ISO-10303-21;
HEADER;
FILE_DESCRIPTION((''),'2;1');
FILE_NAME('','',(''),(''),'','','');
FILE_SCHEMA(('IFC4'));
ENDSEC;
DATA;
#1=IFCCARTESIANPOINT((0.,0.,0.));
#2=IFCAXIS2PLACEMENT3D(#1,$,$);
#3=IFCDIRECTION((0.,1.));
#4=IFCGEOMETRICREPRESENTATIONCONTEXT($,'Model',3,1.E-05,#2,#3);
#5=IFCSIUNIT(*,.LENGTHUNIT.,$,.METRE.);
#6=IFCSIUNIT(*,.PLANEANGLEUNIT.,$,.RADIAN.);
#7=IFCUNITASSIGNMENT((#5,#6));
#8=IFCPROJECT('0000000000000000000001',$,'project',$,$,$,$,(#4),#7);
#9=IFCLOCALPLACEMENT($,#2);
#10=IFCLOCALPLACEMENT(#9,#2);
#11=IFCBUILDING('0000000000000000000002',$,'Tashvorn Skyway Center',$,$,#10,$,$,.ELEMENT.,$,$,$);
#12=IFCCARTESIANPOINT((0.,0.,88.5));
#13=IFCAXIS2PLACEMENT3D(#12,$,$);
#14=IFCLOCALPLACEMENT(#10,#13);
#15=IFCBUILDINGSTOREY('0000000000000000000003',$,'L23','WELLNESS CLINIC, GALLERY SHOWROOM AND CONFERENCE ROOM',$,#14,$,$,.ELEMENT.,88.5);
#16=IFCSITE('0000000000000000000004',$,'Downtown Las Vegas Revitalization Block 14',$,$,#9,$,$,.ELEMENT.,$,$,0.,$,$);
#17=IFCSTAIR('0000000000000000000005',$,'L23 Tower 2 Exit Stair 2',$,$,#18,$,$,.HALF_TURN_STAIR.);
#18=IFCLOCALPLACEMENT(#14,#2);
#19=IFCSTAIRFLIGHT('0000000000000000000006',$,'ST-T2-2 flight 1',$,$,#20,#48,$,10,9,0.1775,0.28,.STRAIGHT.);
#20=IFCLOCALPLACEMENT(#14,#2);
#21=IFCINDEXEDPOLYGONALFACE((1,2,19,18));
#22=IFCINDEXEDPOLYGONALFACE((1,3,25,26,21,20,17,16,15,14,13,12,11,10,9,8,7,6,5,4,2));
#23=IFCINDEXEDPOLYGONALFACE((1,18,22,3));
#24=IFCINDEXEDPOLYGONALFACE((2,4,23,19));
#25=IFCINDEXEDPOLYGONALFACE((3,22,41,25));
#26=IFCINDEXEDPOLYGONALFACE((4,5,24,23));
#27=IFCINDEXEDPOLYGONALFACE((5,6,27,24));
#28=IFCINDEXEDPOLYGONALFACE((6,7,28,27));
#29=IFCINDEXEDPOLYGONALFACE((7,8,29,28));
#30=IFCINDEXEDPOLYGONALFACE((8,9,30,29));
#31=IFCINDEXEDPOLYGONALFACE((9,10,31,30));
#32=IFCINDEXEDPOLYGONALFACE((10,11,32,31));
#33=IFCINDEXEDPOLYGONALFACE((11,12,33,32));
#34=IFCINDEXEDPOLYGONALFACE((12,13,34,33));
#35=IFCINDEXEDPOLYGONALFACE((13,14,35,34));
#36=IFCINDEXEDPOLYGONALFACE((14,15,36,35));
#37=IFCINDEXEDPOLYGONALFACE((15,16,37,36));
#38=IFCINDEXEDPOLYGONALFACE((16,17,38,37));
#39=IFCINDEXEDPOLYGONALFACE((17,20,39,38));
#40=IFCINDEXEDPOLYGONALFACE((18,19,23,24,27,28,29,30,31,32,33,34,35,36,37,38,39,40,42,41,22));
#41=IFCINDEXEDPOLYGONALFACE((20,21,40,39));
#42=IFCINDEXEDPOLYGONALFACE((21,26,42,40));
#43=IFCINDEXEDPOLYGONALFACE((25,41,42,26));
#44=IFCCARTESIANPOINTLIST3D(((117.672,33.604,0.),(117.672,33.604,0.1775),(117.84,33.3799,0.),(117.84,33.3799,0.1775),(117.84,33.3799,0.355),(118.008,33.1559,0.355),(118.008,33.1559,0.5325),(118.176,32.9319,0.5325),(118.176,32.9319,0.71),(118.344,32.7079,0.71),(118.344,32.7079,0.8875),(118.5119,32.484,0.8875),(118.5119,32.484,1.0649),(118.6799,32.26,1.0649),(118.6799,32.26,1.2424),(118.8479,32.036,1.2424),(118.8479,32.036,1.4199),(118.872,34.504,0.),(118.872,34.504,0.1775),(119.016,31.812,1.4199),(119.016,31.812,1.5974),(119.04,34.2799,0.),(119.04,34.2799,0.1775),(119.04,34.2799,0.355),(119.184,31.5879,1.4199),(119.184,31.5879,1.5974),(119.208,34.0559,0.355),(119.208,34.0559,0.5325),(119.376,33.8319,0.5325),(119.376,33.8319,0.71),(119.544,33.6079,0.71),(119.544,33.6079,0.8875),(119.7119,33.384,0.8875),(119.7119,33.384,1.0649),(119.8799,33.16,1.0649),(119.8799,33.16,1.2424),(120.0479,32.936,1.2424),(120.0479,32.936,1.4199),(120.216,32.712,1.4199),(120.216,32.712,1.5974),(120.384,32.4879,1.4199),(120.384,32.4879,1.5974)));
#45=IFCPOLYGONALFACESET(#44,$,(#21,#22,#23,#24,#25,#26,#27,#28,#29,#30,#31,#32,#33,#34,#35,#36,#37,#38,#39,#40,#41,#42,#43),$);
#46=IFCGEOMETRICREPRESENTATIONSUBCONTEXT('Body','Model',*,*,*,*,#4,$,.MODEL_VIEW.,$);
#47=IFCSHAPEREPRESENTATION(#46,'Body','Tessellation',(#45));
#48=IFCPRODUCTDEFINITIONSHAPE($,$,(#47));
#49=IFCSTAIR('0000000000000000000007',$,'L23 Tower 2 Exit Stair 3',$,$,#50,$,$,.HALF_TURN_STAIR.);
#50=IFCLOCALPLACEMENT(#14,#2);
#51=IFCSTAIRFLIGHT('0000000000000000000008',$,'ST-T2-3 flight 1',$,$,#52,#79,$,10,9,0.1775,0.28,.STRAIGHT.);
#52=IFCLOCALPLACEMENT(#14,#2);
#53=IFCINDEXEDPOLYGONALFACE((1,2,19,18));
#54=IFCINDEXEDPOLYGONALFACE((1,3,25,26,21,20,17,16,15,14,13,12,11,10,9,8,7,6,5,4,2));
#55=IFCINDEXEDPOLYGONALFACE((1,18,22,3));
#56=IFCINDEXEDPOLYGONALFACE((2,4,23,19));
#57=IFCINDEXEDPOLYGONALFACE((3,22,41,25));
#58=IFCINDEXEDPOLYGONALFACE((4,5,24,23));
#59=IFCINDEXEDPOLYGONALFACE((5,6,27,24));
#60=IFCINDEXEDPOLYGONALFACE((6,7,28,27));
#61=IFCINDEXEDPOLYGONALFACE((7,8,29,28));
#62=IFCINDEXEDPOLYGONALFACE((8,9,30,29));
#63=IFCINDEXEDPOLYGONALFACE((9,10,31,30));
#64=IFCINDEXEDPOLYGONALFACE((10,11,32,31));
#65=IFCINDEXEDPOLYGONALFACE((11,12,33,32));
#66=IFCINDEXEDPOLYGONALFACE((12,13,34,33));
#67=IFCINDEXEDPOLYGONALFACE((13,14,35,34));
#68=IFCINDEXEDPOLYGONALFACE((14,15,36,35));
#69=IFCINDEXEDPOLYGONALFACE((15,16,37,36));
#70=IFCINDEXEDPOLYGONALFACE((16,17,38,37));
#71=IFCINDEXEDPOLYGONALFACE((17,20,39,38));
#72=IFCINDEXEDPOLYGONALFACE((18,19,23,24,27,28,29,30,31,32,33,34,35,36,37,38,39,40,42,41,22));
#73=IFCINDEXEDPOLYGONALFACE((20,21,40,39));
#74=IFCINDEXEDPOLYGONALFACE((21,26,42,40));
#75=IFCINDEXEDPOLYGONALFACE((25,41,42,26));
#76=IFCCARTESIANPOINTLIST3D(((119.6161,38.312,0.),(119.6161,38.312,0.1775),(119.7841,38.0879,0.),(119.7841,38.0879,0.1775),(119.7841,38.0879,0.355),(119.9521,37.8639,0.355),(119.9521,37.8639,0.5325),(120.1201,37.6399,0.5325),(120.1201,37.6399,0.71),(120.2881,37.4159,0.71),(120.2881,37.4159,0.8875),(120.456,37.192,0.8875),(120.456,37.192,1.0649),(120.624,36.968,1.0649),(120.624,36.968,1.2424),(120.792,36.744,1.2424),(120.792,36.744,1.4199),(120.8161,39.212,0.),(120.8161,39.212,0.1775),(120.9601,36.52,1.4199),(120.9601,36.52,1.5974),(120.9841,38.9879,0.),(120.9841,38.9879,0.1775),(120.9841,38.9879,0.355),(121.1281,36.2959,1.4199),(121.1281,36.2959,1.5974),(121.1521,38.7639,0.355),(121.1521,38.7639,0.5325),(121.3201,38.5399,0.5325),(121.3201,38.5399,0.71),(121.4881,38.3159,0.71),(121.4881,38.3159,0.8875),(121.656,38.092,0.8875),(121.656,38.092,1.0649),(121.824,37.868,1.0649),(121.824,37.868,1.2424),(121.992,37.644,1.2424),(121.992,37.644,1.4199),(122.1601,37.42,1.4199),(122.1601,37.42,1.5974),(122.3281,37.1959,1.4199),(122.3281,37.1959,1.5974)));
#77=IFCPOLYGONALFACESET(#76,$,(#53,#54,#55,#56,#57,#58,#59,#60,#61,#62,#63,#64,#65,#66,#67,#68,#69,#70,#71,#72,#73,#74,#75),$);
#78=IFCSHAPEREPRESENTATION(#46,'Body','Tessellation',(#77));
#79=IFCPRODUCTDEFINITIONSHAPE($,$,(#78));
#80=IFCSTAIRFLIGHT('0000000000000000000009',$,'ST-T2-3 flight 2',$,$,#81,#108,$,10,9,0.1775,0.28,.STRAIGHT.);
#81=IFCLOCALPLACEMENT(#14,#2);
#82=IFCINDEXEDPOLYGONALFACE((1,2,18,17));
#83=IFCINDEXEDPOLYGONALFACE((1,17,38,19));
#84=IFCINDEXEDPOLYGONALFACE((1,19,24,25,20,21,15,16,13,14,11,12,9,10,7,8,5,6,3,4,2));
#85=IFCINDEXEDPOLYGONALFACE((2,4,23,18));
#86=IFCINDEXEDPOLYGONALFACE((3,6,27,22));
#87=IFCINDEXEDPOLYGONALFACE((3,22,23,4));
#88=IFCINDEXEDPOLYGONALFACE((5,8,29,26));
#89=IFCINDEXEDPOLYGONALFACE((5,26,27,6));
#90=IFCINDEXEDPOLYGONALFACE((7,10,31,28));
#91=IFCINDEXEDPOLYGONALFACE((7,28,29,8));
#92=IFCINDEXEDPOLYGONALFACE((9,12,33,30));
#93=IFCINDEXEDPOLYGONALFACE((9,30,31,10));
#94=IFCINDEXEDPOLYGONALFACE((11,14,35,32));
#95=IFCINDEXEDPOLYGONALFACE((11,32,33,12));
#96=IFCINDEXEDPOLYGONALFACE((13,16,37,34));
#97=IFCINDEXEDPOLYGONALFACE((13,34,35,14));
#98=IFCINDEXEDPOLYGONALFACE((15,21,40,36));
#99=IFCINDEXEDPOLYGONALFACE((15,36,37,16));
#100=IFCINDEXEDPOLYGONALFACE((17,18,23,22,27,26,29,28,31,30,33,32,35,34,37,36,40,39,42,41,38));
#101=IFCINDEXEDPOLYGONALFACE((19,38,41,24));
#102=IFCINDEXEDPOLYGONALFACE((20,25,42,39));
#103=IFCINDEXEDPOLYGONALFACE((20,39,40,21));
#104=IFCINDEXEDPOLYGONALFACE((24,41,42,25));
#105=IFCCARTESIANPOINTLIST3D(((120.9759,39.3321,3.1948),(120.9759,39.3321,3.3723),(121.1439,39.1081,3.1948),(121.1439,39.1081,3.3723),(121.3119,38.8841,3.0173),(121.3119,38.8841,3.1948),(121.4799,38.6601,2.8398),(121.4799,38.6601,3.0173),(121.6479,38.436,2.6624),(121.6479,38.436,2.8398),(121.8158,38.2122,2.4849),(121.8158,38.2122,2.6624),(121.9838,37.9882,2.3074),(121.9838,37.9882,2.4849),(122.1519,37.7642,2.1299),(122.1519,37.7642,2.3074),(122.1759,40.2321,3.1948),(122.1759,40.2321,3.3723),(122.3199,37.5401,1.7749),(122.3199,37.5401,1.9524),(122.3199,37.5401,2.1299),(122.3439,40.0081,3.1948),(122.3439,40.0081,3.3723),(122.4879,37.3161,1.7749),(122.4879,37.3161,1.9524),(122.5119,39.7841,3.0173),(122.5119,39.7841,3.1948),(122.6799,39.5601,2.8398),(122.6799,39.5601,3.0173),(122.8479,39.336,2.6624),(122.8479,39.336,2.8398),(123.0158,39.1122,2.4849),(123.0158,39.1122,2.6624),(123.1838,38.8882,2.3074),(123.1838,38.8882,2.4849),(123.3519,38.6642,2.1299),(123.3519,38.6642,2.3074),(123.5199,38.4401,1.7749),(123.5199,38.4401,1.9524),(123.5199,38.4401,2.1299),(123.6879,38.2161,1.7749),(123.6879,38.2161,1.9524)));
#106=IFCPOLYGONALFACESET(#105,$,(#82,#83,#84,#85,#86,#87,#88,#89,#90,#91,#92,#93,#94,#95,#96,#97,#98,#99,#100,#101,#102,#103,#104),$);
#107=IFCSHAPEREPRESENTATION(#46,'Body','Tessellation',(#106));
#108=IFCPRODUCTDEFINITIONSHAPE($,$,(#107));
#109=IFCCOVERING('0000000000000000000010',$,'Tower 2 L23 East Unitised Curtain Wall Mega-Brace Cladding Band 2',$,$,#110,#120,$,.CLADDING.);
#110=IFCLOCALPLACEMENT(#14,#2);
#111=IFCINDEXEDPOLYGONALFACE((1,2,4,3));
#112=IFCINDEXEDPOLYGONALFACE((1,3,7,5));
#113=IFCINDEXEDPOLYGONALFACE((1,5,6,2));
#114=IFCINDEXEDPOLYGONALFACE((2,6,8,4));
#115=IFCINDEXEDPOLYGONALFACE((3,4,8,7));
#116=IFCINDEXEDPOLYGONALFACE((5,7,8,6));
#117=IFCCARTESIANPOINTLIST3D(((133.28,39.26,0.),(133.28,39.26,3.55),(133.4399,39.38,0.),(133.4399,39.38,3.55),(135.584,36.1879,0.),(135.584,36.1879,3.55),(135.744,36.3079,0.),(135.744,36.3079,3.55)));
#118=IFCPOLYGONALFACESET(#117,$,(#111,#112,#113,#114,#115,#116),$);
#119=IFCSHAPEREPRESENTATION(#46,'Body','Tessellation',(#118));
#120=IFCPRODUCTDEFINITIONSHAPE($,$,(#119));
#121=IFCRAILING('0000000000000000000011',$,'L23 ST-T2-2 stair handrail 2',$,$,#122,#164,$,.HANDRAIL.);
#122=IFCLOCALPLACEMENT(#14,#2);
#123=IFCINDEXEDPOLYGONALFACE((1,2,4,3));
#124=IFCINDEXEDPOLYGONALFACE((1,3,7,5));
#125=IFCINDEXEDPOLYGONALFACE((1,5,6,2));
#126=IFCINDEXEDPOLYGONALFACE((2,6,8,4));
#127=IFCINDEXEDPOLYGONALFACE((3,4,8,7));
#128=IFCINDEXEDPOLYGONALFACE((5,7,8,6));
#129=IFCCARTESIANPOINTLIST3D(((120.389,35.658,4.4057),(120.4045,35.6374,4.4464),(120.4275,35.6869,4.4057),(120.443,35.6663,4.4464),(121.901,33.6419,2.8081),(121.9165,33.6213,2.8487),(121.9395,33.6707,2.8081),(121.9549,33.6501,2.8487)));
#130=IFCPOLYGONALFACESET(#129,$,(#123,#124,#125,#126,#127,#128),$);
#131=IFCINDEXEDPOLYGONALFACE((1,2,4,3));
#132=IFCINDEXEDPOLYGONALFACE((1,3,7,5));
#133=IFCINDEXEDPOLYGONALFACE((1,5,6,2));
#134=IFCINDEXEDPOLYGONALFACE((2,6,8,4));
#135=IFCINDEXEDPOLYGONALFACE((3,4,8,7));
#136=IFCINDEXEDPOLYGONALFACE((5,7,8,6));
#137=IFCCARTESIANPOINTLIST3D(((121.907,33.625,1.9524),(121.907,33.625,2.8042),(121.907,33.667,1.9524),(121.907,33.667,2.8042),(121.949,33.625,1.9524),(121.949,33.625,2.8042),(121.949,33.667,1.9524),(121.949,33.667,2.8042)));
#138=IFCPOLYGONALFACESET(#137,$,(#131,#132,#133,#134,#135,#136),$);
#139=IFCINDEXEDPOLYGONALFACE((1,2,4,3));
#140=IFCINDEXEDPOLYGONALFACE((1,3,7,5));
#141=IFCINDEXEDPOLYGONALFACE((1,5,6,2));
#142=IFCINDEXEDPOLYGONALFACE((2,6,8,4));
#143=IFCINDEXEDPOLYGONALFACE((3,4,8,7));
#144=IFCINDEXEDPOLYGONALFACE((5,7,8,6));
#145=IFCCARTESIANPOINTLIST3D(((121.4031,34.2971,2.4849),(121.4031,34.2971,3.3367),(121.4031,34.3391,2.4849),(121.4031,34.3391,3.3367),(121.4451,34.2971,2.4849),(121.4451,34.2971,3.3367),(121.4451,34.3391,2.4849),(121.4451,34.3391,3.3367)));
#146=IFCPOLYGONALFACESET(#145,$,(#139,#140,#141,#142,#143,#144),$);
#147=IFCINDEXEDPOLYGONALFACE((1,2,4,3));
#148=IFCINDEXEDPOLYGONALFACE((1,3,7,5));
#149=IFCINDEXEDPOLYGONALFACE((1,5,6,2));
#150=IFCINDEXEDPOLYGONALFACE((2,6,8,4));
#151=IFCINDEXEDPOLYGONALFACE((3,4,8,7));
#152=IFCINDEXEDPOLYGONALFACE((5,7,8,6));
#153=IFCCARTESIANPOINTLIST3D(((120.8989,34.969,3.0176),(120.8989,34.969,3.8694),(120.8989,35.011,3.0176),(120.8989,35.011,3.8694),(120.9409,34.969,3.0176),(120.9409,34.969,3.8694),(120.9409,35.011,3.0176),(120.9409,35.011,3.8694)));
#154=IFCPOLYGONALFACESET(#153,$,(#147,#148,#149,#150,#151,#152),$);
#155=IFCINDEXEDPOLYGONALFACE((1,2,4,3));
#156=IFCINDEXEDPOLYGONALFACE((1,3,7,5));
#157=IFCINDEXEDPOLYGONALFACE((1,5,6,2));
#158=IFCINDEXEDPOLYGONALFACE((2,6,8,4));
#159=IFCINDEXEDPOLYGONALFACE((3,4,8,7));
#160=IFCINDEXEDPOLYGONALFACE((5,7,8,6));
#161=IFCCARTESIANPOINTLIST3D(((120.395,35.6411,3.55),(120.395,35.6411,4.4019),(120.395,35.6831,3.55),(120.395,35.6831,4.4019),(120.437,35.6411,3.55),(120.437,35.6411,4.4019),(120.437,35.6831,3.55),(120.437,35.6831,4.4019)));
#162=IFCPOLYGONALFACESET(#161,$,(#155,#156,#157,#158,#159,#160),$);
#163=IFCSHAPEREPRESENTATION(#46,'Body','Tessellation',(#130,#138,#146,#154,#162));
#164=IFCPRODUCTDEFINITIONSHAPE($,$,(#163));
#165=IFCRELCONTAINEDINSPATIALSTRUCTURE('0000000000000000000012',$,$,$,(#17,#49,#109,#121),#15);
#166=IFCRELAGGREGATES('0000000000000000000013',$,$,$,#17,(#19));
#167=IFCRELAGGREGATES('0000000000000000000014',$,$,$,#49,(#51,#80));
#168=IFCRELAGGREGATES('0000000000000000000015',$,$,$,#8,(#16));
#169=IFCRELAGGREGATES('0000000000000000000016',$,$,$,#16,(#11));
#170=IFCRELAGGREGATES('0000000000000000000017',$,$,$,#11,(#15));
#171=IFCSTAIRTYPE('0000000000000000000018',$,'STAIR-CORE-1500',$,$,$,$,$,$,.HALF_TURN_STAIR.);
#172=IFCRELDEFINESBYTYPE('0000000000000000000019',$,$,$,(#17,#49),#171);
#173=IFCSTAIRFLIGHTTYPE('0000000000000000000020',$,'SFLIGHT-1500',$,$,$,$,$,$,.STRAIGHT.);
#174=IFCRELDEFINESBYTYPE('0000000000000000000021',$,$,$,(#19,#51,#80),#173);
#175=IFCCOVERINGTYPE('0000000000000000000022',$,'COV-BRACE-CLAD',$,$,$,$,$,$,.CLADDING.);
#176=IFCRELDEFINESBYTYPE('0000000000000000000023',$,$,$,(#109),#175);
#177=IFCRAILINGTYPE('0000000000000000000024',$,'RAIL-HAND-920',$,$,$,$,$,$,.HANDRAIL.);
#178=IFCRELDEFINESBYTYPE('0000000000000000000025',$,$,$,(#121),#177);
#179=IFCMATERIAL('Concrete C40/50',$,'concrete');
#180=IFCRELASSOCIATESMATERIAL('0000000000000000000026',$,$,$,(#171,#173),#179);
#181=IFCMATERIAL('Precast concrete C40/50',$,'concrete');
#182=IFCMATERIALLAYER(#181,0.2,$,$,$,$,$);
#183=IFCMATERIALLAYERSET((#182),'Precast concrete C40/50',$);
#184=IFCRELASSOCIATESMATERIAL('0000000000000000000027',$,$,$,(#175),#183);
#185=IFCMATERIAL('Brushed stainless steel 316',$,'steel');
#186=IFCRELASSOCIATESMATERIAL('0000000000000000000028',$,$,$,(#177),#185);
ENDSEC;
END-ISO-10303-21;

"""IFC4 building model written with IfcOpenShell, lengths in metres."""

from ifc_helpers import new_model, si_unit, direction, frame, origin, origin_2d, place, context, subcontext, project, spatial, polyline, rectangle, outline, extrude, material, layer, layer_set, type_object, element, aggregate, save


model = new_model("IFC4")

# Units and contexts
model_context = context("Model", 3, precision=1e-05, world=origin(), true_north=direction((0.0, 1.0)))
body_context = subcontext(model_context, "Body", "Model", "MODEL_VIEW")
ifc_project = project(units=[si_unit("LENGTHUNIT", "METRE"), si_unit("PLANEANGLEUNIT", "RADIAN")], contexts=[model_context])

# Site, building, storey
site_placement = place(None, origin())
site = spatial("IfcSite", under=ifc_project, at=site_placement, Name="Downtown Las Vegas Revitalization Block 14", CompositionType="ELEMENT", RefElevation=0.0)
building_placement = place(site_placement, origin())
building = spatial("IfcBuilding", under=site, at=building_placement, Name="Tashvorn Skyway Center", CompositionType="ELEMENT")
storey_placement = place(building_placement, frame((0.0, 0.0, 88.5)))
storey = spatial("IfcBuildingStorey", under=building, at=storey_placement, Name="L23", Description="WELLNESS CLINIC, GALLERY SHOWROOM AND CONFERENCE ROOM", CompositionType="ELEMENT", Elevation=88.5)

# Shared definitions
ifc_material_1 = material(Name="Concrete C40/50", Category="concrete")

# Stair, stair flight
stair_type = type_object("IfcStairType", Name="STAIR-CORE-1500", PredefinedType="HALF_TURN_STAIR", material=ifc_material_1)
stair_1_placement = place(storey_placement, origin())
stair_1 = element("IfcStair", 1, at=stair_1_placement, inside=storey, type_object=stair_type, Name="L23 Tower 2 Exit Stair 2", PredefinedType="HALF_TURN_STAIR")
stair_flight_type = type_object("IfcStairFlightType", Name="SFLIGHT-1500", PredefinedType="STRAIGHT", material=ifc_material_1)
stair_flight_1_placement = place(storey_placement, frame((118.272, 34.054, 0.0), z_axis=(0.0, 0.0, 1.0), x_axis=(0.6, -0.8, 0.0)))
stair_flight_1 = element("IfcStairFlight", 2, at=stair_flight_1_placement, type_object=stair_flight_type, Name="ST-T2-2 flight 1", NumberOfRisers=10, NumberOfTreads=9, PredefinedType="STRAIGHT", RiserHeight=0.1775, TreadLength=0.28, context=body_context, shape_type="SweptSolid", body=[
    extrude(outline(polyline([(0.0, 0.0), (0.0, 0.1775), (0.28, 0.1775), (0.28, 0.355), (0.5601, 0.355), (0.5601, 0.5325), (0.8401, 0.5325), (0.8401, 0.71), (1.1201, 0.71), (1.1201, 0.8875), (1.3999, 0.8875), (1.3999, 1.0649), (1.6799, 1.0649), (1.6799, 1.2424), (1.96, 1.2424), (1.96, 1.4199), (2.24, 1.4199), (2.24, 1.5974), (2.52, 1.5974), (2.52, 1.7749), (2.52, 1.4199), (0.28, 0.0), (0.0, 0.0)])), frame((0.0, 0.75, 0.0), z_axis=(0.0, -1.0, 0.0), x_axis=(1.0, 0.0, 0.0)), (0.0, 0.0, 1.0), 1.5),
])
aggregate(stair_1, [stair_flight_1])

# Stair, stair flights
stair_2_placement = place(storey_placement, origin())
stair_2 = element("IfcStair", 3, at=stair_2_placement, inside=storey, type_object=stair_type, Name="L23 Tower 2 Exit Stair 3", PredefinedType="HALF_TURN_STAIR")
stair_flight_2_placement = place(storey_placement, frame((120.2161, 38.762, 0.0), z_axis=(0.0, 0.0, 1.0), x_axis=(0.6, -0.8, 0.0)))
stair_flight_2 = element("IfcStairFlight", 4, at=stair_flight_2_placement, type_object=stair_flight_type, Name="ST-T2-3 flight 1", NumberOfRisers=10, NumberOfTreads=9, PredefinedType="STRAIGHT", RiserHeight=0.1775, TreadLength=0.28, context=body_context, shape_type="SweptSolid", body=[
    extrude(outline(polyline([(0.0, 0.0), (0.0, 0.1775), (0.28, 0.1775), (0.28, 0.355), (0.5601, 0.355), (0.5601, 0.5325), (0.8401, 0.5325), (0.8401, 0.71), (1.1201, 0.71), (1.1201, 0.8875), (1.3999, 0.8875), (1.3999, 1.0649), (1.6799, 1.0649), (1.6799, 1.2424), (1.96, 1.2424), (1.96, 1.4199), (2.24, 1.4199), (2.24, 1.5974), (2.52, 1.5974), (2.52, 1.7749), (2.52, 1.4199), (0.28, 0.0), (0.0, 0.0)])), frame((0.0, 0.75, 0.0), z_axis=(0.0, -1.0, 0.0), x_axis=(1.0, 0.0, 0.0)), (0.0, 0.0, 1.0), 1.5),
])
stair_flight_3_placement = place(storey_placement, frame((123.0879, 37.7661, 1.7749), z_axis=(0.0, 0.0, 1.0), x_axis=(-0.6, 0.8, 0.0)))
stair_flight_3 = element("IfcStairFlight", 5, at=stair_flight_3_placement, type_object=stair_flight_type, Name="ST-T2-3 flight 2", NumberOfRisers=10, NumberOfTreads=9, PredefinedType="STRAIGHT", RiserHeight=0.1775, TreadLength=0.28, context=body_context, shape_type="SweptSolid", body=[
    extrude(outline(polyline([(0.0, 0.0), (0.0, 0.1775), (0.28, 0.1775), (0.28, 0.355), (0.5601, 0.355), (0.5601, 0.5325), (0.8401, 0.5325), (0.8401, 0.71), (1.1201, 0.71), (1.1201, 0.8875), (1.3999, 0.8875), (1.3999, 1.0649), (1.6799, 1.0649), (1.6799, 1.2424), (1.96, 1.2424), (1.96, 1.4199), (2.24, 1.4199), (2.24, 1.5974), (2.52, 1.5974), (2.52, 1.7749), (2.52, 1.4199), (0.28, 0.0), (0.0, 0.0)])), frame((0.0, 0.75, 0.0), z_axis=(0.0, -1.0, 0.0), x_axis=(1.0, 0.0, 0.0)), (0.0, 0.0, 1.0), 1.5),
])
aggregate(stair_2, [stair_flight_2, stair_flight_3])

# Covering
ifc_material_2 = material(Name="Precast concrete C40/50", Category="concrete")
ifc_layer_1 = layer(ifc_material_2, 0.2)
ifc_layer_set_1 = layer_set([ifc_layer_1], Name="Precast concrete C40/50")
covering_type = type_object("IfcCoveringType", Name="COV-BRACE-CLAD", PredefinedType="CLADDING", material=ifc_layer_set_1)
covering_placement = place(storey_placement, frame((134.512, 37.7839, 0.0), z_axis=(0.0, 0.0, 1.0), x_axis=(0.6, -0.8, 0.0)))
element("IfcCovering", 6, at=covering_placement, inside=storey, type_object=covering_type, Name="Tower 2 L23 East Unitised Curtain Wall Mega-Brace Cladding Band 2", PredefinedType="CLADDING", context=body_context, shape_type="SweptSolid", body=[
    extrude(rectangle(XDim=3.8401, YDim=0.2, at=origin_2d()), origin(), (0.0, 0.0, 1.0), 3.55),
])

# Railing
ifc_material_3 = material(Name="Brushed stainless steel 316", Category="steel")
railing_type_1 = type_object("IfcRailingType", Name="RAIL-HAND-920", PredefinedType="HANDRAIL", material=ifc_material_3)
railing_1_placement = place(storey_placement, frame((121.928, 33.646, 1.9524)))
element("IfcRailing", 7, at=railing_1_placement, inside=storey, type_object=railing_type_1, Name="L23 ST-T2-2 stair handrail 2", PredefinedType="HANDRAIL", context=body_context, shape_type="SweptSolid", body=[
    extrude(rectangle(XDim=0.0481, YDim=0.0481, at=origin_2d()), frame((0.0, 0.0, 0.876), z_axis=(-0.506719, 0.675679, 0.535438), x_axis=(-0.800023, -0.599969, 0.0)), (0.0, 0.0, 1.0), 2.9839),
    extrude(rectangle(XDim=0.042, YDim=0.042, at=origin_2d()), origin(), (0.0, 0.0, 1.0), 0.8518),
    extrude(rectangle(XDim=0.042, YDim=0.042, at=origin_2d()), frame((-0.5039, 0.6721, 0.5325)), (0.0, 0.0, 1.0), 0.8518),
    extrude(rectangle(XDim=0.042, YDim=0.042, at=origin_2d()), frame((-1.0081, 1.344, 1.0652)), (0.0, 0.0, 1.0), 0.8518),
    extrude(rectangle(XDim=0.042, YDim=0.042, at=origin_2d()), frame((-1.512, 2.0161, 1.5977)), (0.0, 0.0, 1.0), 0.8518),
])

save(model, "model.ifc")
